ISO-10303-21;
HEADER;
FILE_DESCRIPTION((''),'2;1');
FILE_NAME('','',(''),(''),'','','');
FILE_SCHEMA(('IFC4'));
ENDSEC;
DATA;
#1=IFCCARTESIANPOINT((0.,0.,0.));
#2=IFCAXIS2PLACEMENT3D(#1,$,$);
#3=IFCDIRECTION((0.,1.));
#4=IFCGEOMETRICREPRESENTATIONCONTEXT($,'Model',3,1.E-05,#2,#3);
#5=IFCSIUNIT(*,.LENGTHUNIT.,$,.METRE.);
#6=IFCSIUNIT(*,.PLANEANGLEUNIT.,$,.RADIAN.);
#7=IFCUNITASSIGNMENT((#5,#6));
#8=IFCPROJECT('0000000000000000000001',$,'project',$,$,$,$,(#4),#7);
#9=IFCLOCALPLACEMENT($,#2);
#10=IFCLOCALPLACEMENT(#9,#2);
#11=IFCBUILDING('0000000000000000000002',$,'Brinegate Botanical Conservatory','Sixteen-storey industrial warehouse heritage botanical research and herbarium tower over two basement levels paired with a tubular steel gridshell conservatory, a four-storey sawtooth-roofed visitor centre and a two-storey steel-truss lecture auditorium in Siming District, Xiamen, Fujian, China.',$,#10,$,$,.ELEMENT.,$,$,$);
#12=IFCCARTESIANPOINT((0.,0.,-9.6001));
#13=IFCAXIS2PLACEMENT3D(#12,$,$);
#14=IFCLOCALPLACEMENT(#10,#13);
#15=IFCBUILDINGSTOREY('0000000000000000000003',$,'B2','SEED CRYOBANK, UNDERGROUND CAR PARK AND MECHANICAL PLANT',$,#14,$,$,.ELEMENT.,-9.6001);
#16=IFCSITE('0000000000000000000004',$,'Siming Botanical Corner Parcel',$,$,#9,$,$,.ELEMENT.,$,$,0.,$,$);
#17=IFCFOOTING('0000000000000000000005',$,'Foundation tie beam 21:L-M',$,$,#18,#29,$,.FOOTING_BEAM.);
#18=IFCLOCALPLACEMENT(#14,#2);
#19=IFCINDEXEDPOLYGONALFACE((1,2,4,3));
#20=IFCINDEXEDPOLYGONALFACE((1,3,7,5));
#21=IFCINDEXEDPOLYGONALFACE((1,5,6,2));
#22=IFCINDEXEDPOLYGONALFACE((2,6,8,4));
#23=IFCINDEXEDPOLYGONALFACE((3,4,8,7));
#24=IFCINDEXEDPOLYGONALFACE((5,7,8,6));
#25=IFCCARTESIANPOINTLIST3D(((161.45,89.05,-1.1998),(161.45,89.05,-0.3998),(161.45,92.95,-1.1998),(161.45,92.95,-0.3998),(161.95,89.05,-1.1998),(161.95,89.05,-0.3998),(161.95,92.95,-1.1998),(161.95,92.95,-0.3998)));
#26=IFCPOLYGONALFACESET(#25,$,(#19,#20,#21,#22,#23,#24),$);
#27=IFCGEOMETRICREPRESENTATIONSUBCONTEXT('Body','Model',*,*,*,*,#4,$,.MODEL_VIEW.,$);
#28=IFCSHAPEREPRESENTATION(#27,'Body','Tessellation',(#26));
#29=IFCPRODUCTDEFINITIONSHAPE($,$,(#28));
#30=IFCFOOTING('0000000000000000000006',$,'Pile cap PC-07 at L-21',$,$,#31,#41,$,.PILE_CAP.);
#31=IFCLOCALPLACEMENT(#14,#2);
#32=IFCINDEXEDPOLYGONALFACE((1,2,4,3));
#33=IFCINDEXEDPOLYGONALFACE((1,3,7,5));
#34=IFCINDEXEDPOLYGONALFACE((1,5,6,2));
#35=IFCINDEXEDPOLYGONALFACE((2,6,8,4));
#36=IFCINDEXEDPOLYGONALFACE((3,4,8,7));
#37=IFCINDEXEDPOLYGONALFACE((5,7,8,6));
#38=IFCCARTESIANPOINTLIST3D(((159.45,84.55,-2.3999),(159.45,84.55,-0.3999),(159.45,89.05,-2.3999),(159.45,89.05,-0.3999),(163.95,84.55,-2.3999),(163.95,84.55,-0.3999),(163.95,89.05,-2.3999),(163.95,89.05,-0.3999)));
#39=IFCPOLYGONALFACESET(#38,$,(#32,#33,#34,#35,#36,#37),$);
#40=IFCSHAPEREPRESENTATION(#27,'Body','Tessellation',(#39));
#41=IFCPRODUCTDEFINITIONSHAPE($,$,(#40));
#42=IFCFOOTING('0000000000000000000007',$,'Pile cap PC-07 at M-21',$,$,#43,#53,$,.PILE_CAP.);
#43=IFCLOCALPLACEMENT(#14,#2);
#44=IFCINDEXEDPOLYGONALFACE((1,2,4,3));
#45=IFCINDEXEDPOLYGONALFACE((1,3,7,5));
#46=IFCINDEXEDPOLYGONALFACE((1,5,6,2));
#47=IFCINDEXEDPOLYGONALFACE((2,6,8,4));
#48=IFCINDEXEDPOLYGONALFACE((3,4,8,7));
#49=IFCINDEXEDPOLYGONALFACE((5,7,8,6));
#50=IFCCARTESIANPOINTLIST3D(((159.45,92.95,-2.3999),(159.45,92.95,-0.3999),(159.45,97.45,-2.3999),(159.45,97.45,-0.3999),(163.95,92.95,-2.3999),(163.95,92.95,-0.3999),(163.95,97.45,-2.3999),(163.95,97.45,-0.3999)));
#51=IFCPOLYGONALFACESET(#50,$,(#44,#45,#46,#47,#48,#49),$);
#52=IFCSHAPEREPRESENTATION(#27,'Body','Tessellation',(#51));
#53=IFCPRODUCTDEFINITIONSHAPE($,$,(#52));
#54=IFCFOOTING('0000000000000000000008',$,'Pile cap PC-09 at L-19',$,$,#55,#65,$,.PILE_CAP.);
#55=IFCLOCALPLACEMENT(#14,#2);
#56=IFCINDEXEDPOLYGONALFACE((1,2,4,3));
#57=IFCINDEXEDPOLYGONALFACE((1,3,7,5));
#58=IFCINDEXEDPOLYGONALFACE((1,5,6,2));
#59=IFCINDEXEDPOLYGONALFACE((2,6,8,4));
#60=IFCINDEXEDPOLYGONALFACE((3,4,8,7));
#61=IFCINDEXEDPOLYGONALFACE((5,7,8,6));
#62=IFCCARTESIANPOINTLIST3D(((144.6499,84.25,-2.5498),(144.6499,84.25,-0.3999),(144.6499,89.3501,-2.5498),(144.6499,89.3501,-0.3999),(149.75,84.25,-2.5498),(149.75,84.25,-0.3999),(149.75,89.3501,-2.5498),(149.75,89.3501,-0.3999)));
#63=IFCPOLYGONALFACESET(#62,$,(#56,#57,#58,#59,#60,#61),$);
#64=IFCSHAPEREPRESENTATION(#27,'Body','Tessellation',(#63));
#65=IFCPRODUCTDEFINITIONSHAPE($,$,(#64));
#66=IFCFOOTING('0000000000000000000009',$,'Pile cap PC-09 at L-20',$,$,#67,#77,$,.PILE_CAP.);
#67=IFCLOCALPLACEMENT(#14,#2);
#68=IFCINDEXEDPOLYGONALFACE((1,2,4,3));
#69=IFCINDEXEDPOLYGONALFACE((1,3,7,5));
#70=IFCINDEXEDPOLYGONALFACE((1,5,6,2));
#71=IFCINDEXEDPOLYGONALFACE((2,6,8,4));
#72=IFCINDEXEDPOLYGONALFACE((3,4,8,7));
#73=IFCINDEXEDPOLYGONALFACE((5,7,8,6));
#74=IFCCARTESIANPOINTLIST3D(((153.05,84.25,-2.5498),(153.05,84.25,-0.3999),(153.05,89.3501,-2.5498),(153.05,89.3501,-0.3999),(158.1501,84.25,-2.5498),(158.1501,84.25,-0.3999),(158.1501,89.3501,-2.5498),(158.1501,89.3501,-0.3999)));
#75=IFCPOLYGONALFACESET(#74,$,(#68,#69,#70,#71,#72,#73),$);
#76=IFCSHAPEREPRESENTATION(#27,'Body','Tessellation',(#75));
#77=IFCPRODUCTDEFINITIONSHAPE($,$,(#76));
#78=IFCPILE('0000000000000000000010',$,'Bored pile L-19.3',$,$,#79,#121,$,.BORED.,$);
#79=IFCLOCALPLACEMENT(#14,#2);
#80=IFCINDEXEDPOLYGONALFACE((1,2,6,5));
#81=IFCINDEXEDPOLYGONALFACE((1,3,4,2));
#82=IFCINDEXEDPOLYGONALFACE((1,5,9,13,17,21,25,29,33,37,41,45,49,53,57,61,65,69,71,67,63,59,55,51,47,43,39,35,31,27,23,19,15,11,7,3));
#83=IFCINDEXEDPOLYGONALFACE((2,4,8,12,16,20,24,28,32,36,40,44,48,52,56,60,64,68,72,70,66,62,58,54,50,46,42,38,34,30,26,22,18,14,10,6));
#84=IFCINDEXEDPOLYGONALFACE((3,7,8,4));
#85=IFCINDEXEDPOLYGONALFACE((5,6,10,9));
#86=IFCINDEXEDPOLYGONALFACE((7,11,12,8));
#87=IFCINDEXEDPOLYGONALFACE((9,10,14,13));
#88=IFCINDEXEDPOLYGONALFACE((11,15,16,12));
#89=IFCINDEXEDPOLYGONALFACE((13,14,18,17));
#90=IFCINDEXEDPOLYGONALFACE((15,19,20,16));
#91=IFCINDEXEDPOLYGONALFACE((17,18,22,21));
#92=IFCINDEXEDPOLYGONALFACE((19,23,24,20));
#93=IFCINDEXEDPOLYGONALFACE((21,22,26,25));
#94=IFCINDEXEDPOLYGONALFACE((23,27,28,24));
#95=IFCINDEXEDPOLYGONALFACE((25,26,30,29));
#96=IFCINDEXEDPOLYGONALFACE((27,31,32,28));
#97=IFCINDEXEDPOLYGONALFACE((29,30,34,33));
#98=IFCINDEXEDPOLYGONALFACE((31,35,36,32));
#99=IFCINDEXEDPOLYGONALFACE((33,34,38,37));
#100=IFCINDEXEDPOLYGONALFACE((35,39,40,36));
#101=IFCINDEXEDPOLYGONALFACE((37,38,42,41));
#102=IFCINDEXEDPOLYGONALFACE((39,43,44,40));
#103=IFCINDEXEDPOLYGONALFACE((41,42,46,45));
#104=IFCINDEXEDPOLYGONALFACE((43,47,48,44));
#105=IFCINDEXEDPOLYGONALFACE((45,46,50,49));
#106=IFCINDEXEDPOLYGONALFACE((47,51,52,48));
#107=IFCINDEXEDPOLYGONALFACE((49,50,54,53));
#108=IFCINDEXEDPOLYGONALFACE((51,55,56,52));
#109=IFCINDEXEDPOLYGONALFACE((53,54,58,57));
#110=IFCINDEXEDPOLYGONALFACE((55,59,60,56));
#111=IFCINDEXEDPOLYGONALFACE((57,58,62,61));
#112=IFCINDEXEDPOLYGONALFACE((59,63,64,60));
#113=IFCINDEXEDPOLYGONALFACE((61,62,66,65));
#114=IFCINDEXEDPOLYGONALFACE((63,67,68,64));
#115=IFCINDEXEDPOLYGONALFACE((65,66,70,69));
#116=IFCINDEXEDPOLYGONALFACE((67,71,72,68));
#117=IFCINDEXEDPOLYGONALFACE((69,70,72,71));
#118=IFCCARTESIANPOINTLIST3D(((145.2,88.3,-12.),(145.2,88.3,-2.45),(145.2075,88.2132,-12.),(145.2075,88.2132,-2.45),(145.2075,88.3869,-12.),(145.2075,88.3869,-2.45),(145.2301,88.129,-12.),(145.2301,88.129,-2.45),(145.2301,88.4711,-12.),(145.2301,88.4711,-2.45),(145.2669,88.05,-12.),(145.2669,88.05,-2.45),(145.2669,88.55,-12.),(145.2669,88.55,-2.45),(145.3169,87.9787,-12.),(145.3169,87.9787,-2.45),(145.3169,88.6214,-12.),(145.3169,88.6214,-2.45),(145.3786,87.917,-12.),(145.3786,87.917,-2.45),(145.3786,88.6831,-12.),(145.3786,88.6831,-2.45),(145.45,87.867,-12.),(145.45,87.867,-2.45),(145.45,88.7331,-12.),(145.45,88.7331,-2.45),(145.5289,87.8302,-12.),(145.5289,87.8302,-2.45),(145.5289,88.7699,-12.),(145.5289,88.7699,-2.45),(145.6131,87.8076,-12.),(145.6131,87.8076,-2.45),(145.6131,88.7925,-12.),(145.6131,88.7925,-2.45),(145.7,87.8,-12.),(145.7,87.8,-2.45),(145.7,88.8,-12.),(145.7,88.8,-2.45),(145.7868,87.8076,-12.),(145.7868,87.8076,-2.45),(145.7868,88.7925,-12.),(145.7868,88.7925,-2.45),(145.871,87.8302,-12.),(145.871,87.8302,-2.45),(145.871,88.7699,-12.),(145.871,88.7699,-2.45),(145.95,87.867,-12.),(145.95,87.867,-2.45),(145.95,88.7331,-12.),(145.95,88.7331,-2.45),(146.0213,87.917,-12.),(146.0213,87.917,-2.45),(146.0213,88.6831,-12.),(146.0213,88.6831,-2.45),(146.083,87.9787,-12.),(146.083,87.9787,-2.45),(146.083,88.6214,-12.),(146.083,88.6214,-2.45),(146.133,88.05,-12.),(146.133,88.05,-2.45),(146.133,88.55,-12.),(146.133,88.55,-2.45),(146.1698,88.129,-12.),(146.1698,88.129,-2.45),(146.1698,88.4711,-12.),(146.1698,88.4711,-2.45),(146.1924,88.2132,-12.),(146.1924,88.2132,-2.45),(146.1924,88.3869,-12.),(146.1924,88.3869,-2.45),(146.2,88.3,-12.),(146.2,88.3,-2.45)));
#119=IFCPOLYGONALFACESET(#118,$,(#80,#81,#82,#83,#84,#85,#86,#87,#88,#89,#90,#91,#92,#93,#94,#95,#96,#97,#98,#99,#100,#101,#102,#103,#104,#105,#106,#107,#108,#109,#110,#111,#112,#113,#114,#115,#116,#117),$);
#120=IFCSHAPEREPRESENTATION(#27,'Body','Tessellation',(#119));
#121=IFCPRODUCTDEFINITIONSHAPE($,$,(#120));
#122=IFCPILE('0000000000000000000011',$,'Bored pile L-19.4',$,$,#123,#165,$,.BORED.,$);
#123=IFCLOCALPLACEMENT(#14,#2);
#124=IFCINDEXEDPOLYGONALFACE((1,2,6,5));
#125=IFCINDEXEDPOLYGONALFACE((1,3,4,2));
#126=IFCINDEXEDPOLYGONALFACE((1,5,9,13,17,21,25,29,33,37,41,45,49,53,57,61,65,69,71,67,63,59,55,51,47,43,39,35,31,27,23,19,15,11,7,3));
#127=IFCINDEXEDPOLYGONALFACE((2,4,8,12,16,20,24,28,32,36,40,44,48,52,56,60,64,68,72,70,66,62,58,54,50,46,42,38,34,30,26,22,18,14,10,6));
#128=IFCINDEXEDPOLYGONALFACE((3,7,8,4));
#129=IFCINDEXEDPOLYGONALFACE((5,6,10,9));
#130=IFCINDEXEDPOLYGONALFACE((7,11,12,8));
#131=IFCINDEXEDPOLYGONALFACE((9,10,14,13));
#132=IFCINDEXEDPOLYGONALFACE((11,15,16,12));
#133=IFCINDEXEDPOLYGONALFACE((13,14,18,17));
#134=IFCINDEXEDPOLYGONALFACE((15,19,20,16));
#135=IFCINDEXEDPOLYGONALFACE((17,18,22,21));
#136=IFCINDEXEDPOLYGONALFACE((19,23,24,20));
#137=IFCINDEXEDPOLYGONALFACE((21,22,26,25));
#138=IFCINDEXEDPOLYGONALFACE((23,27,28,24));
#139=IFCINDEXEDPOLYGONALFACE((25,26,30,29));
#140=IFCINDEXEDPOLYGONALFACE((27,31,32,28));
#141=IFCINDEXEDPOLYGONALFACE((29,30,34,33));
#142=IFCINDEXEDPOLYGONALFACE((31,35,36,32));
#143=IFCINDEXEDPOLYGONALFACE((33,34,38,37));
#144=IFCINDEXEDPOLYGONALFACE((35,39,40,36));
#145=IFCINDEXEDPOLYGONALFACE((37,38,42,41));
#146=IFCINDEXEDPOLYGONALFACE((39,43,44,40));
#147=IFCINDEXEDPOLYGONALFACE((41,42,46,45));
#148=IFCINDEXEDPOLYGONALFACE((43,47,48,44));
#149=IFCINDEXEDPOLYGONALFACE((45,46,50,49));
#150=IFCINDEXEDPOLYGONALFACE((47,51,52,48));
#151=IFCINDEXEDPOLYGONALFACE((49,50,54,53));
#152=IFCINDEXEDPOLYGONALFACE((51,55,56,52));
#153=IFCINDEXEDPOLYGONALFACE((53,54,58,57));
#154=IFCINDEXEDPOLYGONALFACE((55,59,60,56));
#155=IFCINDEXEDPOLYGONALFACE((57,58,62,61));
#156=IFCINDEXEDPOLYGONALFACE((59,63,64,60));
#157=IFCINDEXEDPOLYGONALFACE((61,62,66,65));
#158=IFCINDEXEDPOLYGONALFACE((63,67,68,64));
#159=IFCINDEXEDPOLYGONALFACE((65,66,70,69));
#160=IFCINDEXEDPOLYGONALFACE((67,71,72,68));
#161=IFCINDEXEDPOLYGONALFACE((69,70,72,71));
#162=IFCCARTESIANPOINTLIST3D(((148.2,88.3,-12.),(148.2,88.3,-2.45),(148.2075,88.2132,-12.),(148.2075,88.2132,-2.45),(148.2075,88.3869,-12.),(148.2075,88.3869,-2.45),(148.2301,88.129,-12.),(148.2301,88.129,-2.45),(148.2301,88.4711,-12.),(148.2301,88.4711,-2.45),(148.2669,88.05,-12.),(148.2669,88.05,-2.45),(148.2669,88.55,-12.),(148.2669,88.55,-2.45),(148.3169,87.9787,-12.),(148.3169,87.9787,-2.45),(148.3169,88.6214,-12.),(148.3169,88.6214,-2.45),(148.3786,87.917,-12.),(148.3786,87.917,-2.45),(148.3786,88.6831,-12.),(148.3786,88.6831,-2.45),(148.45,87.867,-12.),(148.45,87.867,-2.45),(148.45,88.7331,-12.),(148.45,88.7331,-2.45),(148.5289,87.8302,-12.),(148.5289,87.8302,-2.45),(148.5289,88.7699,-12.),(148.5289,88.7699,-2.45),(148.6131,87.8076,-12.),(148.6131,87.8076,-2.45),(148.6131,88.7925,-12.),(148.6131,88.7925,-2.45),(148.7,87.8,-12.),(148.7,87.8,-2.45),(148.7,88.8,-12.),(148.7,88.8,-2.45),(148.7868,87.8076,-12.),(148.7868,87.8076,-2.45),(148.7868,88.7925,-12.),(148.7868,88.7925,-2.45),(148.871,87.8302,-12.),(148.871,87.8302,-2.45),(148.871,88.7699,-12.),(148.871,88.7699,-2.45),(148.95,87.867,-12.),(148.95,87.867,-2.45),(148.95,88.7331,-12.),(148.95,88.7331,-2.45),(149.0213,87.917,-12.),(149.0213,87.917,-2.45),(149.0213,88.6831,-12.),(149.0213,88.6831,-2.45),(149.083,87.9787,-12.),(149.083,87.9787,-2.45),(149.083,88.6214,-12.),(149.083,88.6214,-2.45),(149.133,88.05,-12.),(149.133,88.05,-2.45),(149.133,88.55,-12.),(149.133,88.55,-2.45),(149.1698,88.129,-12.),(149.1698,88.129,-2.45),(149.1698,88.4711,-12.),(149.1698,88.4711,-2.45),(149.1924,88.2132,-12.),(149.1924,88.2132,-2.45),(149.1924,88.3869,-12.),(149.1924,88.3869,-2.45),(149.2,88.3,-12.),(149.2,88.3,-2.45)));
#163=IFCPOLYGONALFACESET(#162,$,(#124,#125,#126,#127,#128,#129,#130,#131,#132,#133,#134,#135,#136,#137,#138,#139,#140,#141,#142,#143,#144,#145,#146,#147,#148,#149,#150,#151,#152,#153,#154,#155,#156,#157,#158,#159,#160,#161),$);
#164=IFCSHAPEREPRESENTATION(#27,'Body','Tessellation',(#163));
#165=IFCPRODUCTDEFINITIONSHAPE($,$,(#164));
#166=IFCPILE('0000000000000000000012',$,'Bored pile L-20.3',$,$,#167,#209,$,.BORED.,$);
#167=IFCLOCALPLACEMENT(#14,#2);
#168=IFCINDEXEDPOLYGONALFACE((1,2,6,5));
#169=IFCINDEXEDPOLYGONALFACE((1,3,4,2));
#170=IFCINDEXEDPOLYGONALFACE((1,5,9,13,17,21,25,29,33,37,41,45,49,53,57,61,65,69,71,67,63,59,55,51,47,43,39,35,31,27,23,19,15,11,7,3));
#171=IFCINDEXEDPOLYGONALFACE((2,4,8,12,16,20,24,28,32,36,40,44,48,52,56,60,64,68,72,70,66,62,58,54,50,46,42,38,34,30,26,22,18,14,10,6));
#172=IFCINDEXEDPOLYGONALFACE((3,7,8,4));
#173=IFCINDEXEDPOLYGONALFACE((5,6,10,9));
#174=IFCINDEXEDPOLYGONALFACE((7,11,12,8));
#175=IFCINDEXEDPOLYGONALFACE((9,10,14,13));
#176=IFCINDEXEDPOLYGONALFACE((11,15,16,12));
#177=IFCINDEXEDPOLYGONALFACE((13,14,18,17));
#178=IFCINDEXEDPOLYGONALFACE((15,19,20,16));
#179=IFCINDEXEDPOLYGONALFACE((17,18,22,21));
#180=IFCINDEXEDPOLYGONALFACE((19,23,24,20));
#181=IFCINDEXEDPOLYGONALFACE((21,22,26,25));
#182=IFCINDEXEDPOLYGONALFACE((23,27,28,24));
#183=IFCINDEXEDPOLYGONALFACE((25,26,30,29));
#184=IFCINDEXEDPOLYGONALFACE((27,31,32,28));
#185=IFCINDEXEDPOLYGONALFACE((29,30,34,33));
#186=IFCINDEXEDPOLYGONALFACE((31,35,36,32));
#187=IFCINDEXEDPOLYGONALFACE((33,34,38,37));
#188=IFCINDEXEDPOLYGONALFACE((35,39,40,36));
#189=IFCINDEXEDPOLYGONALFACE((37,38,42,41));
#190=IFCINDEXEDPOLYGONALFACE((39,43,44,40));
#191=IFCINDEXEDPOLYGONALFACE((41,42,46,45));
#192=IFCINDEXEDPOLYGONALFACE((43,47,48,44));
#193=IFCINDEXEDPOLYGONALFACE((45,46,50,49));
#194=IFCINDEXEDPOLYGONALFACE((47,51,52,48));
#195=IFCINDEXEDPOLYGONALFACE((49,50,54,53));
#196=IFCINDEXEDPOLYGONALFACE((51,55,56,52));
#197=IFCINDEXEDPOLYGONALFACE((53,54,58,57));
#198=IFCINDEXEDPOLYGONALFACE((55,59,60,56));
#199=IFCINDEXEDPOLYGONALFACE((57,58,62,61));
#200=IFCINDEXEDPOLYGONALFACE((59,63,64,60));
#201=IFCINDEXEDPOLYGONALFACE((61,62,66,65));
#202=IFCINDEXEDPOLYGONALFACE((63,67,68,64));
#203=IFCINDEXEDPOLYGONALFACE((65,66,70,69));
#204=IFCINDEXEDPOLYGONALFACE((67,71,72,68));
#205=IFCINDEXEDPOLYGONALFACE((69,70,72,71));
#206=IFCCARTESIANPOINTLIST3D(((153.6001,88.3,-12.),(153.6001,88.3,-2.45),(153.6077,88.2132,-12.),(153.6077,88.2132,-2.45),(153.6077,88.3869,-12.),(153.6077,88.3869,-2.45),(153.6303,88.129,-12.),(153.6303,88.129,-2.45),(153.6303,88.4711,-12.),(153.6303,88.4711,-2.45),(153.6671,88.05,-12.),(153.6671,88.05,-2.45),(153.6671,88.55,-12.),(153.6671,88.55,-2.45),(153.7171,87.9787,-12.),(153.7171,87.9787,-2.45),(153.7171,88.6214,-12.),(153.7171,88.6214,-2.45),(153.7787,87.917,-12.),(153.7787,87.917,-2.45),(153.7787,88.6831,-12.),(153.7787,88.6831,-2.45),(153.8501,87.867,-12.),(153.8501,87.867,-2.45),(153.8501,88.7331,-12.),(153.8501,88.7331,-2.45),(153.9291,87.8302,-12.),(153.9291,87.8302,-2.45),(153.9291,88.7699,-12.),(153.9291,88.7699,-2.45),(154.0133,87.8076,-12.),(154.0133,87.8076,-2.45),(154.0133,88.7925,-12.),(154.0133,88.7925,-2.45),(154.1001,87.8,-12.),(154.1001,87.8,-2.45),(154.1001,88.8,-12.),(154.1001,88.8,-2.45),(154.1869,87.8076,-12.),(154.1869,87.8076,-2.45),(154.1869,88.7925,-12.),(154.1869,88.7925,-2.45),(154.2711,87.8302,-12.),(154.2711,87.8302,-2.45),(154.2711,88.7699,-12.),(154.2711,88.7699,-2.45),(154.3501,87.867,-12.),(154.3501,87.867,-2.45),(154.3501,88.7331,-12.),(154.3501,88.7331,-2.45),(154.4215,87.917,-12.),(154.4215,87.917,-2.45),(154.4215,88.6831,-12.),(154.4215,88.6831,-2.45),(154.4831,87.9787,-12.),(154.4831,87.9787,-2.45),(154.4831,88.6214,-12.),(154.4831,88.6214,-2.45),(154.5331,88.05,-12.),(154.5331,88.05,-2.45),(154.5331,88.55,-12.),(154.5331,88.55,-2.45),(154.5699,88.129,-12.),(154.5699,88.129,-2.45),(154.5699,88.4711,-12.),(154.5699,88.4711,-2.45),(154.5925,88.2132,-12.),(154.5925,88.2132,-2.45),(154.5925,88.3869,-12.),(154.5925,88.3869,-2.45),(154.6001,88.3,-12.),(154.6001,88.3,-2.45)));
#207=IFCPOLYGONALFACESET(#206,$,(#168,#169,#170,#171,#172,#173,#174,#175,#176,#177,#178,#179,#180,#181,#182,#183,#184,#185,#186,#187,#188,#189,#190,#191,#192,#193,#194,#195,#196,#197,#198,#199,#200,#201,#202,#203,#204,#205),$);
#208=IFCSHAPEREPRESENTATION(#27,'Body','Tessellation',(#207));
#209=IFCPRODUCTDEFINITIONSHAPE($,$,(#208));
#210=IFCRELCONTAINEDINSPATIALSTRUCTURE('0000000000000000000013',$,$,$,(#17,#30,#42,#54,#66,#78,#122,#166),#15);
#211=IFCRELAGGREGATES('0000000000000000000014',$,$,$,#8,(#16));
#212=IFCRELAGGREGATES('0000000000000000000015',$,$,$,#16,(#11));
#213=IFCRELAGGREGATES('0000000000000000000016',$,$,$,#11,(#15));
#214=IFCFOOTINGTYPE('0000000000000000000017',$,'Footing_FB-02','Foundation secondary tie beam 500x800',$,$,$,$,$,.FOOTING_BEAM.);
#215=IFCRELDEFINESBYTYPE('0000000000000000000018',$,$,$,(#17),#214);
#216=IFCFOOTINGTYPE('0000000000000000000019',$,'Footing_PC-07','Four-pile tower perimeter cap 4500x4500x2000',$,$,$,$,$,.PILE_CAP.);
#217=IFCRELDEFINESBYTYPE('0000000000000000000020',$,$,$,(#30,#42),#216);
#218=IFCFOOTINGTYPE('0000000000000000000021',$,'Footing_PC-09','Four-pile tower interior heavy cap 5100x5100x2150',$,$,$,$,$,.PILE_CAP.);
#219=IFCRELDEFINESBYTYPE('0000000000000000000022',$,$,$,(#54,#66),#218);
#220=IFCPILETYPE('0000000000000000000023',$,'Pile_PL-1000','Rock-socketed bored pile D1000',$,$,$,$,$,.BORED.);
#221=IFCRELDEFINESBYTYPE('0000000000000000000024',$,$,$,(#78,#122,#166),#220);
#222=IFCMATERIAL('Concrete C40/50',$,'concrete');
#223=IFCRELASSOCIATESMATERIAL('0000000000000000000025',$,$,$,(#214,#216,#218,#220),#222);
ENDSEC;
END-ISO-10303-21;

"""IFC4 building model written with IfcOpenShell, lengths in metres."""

from ifc_helpers import new_model, si_unit, direction, frame, origin, origin_2d, place, context, subcontext, project, spatial, rectangle, circle, extrude, material, material_profile, profile_set, type_object, element, save


model = new_model("IFC4")

# Units and contexts
model_context = context("Model", 3, precision=1e-05, world=origin(), true_north=direction((0.0, 1.0)))
body_context = subcontext(model_context, "Body", "Model", "MODEL_VIEW")
ifc_project = project(units=[si_unit("LENGTHUNIT", "METRE"), si_unit("PLANEANGLEUNIT", "RADIAN")], contexts=[model_context])

# Site, building, storey
site_placement = place(None, origin())
site = spatial("IfcSite", under=ifc_project, at=site_placement, Name="Siming Botanical Corner Parcel", CompositionType="ELEMENT", RefElevation=0.0)
building_placement = place(site_placement, origin())
building = spatial("IfcBuilding", under=site, at=building_placement, Name="Brinegate Botanical Conservatory", Description="Sixteen-storey industrial warehouse heritage botanical research and herbarium tower over two basement levels paired with a tubular steel gridshell conservatory, a four-storey sawtooth-roofed visitor centre and a two-storey steel-truss lecture auditorium in Siming District, Xiamen, Fujian, China.", CompositionType="ELEMENT")
storey_placement = place(building_placement, frame((0.0, 0.0, -9.6001)))
storey = spatial("IfcBuildingStorey", under=building, at=storey_placement, Name="B2", Description="SEED CRYOBANK, UNDERGROUND CAR PARK AND MECHANICAL PLANT", CompositionType="ELEMENT", Elevation=-9.6001)

# Footings
ifc_material_1 = material(Name="Concrete C40/50", Category="concrete")
ifc_material_profile_1 = material_profile(ifc_material_1, rectangle(XDim=0.5, YDim=0.8, at=origin_2d()), Name="RC GB 500x800")
ifc_profile_set_1 = profile_set([ifc_material_profile_1], Name="Concrete C40/50")
footing_type_1 = type_object("IfcFootingType", Name="Footing_FB-02", Description="Foundation secondary tie beam 500x800", PredefinedType="FOOTING_BEAM", material=ifc_profile_set_1)
footing_placement = place(storey_placement, frame((161.7, 89.05, -0.7998), z_axis=(0.0, 1.0, 0.0), x_axis=(-1.0, 0.0, 0.0)))
element("IfcFooting", 1, at=footing_placement, inside=storey, type_object=footing_type_1, Name="Foundation tie beam 21:L-M", PredefinedType="FOOTING_BEAM", context=body_context, shape_type="SweptSolid", body=[
    extrude(rectangle(XDim=0.5, YDim=0.8, at=origin_2d()), origin(), (0.0, 0.0, 1.0), 3.8999),
])
footing_type_2 = type_object("IfcFootingType", Name="Footing_PC-07", Description="Four-pile tower perimeter cap 4500x4500x2000", PredefinedType="PILE_CAP", material=ifc_material_1)
for number, where, z_axis, x_axis, name in (
    (2, (161.7, 86.8, -2.3999), (0.0, 0.0, 1.0), (1.0, 0.0, 0.0), "Pile cap PC-07 at L-21"),
    (3, (161.7, 95.2, -2.3999), (0.0, 0.0, 1.0), (1.0, 0.0, 0.0), "Pile cap PC-07 at M-21"),
):
    element("IfcFooting", number, at=place(storey_placement, frame(where, z_axis=z_axis, x_axis=x_axis)), inside=storey, type_object=footing_type_2, Name=name, PredefinedType="PILE_CAP", context=body_context, shape_type="SweptSolid", body=[
        extrude(rectangle(XDim=4.5, YDim=4.5, at=origin_2d()), origin(), (0.0, 0.0, 1.0), 2.0),
    ])
footing_type_3 = type_object("IfcFootingType", Name="Footing_PC-09", Description="Four-pile tower interior heavy cap 5100x5100x2150", PredefinedType="PILE_CAP", material=ifc_material_1)
for number, where, z_axis, x_axis, name in (
    (4, (147.2, 86.8, -2.5498), (0.0, 0.0, 1.0), (1.0, 0.0, 0.0), "Pile cap PC-09 at L-19"),
    (5, (155.6001, 86.8, -2.5498), (0.0, 0.0, 1.0), (1.0, 0.0, 0.0), "Pile cap PC-09 at L-20"),
):
    element("IfcFooting", number, at=place(storey_placement, frame(where, z_axis=z_axis, x_axis=x_axis)), inside=storey, type_object=footing_type_3, Name=name, PredefinedType="PILE_CAP", context=body_context, shape_type="SweptSolid", body=[
        extrude(rectangle(XDim=5.1001, YDim=5.1001, at=origin_2d()), origin(), (0.0, 0.0, 1.0), 2.1499),
    ])

# Piles
ifc_material_profile_2 = material_profile(ifc_material_1, circle(Radius=0.5, at=origin_2d()), Name="PILE D1000")
ifc_profile_set_2 = profile_set([ifc_material_profile_2], Name="Concrete C40/50")
pile_type_1 = type_object("IfcPileType", Name="Pile_PL-1000", Description="Rock-socketed bored pile D1000", PredefinedType="BORED", material=ifc_profile_set_2)
for number, where, z_axis, x_axis, name in (
    (6, (145.7, 88.3, -2.45), (0.0, 0.0, -1.0), (1.0, 0.0, 0.0), "Bored pile L-19.3"),
    (7, (148.7, 88.3, -2.45), (0.0, 0.0, -1.0), (1.0, 0.0, 0.0), "Bored pile L-19.4"),
    (8, (154.1001, 88.3, -2.45), (0.0, 0.0, -1.0), (1.0, 0.0, 0.0), "Bored pile L-20.3"),
):
    element("IfcPile", number, at=place(storey_placement, frame(where, z_axis=z_axis, x_axis=x_axis)), inside=storey, type_object=pile_type_1, Name=name, PredefinedType="BORED", context=body_context, shape_type="SweptSolid", body=[
        extrude(circle(Radius=0.5, at=origin_2d()), origin(), (0.0, 0.0, 1.0), 9.55),
    ])

save(model, "model.ifc")
